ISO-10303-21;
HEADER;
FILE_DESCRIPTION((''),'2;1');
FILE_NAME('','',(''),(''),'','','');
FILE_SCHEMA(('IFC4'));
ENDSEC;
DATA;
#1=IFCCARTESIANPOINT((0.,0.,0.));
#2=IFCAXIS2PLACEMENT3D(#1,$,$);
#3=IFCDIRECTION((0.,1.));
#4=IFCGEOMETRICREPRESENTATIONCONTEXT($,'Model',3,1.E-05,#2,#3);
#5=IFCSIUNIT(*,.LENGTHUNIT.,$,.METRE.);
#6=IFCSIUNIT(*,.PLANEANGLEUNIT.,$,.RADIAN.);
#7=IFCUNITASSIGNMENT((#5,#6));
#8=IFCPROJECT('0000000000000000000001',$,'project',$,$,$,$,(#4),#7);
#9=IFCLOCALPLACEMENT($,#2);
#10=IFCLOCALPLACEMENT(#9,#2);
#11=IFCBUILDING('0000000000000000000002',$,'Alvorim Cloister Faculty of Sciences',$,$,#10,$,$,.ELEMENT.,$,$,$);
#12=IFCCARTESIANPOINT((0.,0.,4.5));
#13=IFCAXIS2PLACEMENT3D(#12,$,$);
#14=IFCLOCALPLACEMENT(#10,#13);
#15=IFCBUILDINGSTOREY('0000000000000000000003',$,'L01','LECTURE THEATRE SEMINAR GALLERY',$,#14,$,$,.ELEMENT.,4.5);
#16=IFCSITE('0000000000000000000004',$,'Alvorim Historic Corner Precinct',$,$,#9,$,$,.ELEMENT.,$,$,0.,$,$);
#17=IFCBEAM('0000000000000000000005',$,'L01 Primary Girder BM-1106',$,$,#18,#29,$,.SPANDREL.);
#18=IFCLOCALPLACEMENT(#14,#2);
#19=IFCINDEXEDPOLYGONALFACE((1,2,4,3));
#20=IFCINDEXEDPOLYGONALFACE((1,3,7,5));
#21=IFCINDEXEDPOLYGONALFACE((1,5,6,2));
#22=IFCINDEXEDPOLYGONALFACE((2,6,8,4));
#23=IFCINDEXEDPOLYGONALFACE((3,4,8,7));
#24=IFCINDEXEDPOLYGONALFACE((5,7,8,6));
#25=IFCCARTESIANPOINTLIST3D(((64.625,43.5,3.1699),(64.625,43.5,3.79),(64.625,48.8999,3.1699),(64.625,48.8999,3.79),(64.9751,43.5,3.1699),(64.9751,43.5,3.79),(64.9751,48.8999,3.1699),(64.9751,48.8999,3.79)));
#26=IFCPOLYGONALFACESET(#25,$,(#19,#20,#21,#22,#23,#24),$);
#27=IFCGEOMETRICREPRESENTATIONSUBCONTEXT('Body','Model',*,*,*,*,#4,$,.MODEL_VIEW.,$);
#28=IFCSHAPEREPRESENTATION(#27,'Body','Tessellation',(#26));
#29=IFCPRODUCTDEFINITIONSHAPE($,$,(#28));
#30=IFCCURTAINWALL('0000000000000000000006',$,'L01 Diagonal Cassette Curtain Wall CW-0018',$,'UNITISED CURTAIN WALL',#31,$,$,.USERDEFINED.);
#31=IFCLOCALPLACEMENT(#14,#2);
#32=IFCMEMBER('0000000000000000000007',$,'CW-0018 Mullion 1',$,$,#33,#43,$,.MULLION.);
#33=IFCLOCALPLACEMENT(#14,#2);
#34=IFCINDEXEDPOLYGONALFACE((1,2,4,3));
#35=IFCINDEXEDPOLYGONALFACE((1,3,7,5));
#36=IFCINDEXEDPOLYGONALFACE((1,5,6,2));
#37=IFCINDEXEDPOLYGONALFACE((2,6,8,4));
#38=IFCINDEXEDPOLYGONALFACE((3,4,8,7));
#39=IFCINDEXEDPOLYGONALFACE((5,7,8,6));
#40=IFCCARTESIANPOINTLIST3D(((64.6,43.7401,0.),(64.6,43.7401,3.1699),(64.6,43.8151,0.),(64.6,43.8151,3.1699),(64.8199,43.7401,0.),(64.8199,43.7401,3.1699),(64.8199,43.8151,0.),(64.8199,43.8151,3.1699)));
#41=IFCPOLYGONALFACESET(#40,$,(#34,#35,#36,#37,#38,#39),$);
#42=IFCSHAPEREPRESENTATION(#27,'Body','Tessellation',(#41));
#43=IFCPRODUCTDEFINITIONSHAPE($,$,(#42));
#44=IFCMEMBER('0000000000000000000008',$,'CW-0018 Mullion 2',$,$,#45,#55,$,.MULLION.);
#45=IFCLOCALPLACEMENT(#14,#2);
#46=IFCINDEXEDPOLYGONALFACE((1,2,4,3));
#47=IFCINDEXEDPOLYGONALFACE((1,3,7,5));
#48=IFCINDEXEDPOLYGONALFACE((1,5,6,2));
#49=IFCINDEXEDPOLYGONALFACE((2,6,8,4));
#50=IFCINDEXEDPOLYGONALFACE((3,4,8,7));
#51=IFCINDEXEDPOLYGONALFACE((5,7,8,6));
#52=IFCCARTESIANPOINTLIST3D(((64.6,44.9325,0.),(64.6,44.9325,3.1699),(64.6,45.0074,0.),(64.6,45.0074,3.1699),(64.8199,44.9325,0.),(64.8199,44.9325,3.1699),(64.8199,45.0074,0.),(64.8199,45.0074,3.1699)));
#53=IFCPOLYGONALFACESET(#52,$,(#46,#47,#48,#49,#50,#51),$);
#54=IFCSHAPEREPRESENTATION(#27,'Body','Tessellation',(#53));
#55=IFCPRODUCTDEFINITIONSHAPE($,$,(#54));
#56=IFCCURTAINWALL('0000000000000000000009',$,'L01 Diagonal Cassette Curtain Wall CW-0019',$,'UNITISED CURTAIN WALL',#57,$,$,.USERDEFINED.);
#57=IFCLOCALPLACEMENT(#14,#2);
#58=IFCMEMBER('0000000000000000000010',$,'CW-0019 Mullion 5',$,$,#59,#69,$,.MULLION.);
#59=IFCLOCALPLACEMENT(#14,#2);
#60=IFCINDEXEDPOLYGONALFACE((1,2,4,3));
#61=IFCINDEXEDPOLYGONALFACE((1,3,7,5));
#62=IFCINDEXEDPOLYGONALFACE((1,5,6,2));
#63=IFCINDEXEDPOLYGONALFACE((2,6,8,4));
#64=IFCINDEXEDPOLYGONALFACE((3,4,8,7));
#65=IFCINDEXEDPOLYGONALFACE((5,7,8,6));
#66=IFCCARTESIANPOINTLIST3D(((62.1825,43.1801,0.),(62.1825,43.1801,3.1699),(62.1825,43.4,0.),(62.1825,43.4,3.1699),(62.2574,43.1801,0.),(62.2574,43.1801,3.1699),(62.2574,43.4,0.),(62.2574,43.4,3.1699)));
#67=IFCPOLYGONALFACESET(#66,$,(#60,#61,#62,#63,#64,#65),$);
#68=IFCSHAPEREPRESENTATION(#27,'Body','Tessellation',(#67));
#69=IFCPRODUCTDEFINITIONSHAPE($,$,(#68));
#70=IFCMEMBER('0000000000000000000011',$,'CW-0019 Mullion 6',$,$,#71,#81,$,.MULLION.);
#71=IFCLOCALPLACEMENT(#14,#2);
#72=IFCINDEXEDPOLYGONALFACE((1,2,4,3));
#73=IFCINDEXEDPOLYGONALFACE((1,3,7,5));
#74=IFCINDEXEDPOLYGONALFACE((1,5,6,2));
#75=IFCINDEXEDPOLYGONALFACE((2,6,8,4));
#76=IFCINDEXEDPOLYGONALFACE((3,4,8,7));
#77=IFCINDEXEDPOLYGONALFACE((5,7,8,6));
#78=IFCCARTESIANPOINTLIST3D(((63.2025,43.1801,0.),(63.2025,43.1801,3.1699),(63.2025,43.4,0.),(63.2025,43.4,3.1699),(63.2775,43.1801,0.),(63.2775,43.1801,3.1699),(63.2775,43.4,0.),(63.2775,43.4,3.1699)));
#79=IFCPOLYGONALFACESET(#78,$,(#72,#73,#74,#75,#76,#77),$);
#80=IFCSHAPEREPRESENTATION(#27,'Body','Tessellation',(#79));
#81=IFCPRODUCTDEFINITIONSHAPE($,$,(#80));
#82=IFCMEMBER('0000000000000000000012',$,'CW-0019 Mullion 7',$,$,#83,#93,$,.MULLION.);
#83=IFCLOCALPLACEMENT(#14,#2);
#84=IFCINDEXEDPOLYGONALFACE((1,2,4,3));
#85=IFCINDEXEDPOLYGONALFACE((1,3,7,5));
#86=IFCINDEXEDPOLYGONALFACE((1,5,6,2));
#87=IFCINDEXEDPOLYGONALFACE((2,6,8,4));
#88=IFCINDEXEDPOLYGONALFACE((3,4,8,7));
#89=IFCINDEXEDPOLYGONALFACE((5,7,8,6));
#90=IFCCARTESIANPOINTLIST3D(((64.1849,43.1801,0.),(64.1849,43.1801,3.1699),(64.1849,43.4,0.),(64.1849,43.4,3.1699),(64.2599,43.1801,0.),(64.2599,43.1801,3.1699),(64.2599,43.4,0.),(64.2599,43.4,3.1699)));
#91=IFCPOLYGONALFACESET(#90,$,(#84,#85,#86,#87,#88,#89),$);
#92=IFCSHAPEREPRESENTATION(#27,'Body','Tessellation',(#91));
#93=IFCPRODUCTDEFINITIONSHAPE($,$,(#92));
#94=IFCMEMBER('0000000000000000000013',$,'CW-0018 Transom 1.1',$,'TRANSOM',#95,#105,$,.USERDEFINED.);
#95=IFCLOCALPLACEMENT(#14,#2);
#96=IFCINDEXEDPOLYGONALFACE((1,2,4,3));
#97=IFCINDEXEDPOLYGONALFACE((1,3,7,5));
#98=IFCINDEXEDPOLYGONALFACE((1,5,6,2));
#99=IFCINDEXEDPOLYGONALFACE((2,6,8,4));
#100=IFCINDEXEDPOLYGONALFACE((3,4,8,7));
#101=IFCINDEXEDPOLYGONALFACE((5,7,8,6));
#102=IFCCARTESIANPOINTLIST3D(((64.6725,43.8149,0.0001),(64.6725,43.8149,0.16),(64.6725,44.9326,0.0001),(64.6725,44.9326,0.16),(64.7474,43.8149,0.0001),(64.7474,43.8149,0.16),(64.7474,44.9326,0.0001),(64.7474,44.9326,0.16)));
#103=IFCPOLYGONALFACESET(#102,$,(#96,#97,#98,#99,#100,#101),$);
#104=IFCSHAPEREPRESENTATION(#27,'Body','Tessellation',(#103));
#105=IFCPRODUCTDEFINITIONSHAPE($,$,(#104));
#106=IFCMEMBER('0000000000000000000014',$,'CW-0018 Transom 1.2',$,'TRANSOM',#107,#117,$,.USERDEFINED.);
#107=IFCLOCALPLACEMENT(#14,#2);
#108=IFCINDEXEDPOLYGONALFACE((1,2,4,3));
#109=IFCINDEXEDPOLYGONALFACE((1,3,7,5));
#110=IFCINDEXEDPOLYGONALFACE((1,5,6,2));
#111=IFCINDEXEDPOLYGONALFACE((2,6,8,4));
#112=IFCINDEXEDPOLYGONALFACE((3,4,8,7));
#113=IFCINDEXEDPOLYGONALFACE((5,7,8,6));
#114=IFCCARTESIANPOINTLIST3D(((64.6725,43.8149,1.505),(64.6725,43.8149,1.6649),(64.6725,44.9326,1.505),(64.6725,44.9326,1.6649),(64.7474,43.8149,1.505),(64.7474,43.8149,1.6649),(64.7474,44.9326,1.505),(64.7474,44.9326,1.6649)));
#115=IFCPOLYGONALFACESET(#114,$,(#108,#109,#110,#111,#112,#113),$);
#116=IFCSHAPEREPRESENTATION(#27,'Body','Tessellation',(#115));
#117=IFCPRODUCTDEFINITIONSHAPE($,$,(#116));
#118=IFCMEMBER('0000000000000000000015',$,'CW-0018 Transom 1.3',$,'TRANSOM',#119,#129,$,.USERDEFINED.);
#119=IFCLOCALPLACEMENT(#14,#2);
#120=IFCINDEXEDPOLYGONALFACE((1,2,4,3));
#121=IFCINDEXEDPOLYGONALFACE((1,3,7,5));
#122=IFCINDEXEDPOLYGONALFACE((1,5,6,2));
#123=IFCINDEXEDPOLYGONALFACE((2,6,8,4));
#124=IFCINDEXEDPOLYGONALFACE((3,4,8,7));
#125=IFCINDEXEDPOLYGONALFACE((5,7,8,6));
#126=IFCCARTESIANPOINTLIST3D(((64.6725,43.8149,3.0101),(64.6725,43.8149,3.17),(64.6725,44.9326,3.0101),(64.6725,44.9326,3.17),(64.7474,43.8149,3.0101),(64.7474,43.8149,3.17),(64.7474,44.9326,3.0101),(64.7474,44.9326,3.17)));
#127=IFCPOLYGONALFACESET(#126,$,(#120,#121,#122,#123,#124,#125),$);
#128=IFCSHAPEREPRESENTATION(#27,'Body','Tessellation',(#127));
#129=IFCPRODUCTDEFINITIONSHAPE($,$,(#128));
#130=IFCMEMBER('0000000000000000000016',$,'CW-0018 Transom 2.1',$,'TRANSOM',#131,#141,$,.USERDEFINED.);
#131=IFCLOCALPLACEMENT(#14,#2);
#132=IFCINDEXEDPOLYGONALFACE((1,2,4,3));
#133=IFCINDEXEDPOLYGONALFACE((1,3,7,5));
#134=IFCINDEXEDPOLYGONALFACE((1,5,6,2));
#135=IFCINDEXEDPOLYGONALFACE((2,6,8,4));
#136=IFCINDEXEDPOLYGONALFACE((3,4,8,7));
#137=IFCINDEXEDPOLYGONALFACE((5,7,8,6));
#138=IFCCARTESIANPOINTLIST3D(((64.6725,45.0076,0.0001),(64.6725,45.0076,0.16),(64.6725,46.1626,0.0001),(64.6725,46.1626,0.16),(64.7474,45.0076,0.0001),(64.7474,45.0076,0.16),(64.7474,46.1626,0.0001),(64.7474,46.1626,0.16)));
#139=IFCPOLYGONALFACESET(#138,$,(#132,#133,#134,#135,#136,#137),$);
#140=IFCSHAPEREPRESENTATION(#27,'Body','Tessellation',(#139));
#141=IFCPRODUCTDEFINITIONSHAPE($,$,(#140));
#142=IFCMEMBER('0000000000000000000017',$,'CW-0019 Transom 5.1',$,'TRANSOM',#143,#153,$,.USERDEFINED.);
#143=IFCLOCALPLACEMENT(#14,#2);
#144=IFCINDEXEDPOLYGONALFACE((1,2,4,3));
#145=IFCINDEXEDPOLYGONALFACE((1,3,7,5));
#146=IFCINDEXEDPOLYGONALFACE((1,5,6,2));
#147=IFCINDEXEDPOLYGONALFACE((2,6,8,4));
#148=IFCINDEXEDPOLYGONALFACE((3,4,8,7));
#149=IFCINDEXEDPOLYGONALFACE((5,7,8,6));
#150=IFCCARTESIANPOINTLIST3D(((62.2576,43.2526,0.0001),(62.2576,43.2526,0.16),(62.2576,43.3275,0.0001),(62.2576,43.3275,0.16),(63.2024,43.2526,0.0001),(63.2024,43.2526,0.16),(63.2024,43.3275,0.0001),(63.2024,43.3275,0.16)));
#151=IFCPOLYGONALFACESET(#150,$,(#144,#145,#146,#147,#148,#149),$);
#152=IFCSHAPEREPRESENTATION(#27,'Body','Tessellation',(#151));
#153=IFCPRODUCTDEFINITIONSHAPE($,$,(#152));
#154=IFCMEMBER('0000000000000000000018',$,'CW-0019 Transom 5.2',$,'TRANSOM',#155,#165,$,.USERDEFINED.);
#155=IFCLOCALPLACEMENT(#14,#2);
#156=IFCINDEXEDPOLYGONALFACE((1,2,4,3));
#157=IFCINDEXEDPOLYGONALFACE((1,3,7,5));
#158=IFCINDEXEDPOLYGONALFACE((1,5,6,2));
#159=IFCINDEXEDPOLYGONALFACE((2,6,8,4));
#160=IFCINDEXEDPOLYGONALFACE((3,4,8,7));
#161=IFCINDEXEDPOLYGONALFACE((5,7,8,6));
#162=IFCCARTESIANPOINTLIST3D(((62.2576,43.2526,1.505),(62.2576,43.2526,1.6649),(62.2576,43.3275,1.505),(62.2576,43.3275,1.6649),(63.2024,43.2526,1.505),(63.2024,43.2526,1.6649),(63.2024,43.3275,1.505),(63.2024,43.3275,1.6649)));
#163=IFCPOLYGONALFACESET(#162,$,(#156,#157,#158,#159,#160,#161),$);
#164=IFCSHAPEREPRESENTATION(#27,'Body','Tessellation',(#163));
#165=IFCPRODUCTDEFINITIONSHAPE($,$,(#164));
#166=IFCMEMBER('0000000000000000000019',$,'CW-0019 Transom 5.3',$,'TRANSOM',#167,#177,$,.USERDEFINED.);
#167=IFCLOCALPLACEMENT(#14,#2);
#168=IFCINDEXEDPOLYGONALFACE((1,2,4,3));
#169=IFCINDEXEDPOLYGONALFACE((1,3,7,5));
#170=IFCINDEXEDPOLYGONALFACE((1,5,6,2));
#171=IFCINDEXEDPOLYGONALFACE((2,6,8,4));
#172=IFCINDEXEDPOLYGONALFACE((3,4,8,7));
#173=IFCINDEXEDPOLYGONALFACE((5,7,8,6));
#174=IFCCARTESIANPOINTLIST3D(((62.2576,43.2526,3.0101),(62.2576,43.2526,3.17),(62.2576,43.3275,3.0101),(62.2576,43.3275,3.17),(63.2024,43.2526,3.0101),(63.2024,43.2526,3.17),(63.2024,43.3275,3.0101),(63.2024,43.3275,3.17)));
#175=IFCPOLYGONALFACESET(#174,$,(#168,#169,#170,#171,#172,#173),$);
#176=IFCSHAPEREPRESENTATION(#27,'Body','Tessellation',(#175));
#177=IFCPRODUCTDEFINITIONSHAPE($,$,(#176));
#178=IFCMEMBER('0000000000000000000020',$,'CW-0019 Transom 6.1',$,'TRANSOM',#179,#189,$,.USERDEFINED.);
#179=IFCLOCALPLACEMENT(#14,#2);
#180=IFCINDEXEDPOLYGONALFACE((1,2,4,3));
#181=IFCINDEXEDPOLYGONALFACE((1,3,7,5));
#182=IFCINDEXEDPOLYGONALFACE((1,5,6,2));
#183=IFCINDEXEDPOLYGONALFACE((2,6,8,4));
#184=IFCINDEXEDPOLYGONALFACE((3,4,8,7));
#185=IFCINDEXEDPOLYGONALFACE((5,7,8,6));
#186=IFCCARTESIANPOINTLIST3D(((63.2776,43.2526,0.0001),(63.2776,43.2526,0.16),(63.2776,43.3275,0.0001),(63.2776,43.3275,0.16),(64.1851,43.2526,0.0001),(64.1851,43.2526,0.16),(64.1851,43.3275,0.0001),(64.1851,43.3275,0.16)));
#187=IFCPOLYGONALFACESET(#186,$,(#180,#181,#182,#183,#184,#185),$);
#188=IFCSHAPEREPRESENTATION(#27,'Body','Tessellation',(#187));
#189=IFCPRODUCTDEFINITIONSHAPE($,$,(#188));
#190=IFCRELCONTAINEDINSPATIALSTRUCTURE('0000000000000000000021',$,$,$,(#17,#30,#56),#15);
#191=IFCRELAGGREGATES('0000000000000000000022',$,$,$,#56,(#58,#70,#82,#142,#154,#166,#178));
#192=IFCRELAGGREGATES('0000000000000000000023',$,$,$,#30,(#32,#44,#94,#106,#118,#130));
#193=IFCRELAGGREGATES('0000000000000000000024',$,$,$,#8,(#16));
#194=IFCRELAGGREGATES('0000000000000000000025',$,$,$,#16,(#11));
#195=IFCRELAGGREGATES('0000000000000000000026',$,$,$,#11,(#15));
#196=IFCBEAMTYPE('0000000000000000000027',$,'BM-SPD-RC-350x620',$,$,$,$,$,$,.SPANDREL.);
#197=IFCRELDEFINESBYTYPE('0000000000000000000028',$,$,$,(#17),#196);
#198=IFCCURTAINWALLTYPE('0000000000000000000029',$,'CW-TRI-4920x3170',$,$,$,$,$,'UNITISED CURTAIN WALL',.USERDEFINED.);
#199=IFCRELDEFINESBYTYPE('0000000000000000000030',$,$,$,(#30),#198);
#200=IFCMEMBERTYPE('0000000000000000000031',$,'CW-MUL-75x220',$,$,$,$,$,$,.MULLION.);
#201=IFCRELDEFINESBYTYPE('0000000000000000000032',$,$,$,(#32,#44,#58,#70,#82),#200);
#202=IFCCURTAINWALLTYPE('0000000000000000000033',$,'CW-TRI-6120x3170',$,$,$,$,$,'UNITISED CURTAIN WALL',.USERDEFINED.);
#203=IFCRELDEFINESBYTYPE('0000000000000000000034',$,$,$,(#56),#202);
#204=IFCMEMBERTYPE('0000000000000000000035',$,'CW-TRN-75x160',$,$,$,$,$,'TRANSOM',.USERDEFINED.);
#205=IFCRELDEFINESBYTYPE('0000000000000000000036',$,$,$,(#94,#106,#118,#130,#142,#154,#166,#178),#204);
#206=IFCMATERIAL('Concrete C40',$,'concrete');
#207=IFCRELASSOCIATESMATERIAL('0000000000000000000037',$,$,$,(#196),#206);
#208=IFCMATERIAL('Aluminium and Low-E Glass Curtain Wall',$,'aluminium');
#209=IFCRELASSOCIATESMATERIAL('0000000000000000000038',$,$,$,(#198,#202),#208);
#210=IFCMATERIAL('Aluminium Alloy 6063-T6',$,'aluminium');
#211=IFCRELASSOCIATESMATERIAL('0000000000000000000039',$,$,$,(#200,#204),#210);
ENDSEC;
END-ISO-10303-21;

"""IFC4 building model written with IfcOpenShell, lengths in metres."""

from ifc_helpers import new_model, si_unit, direction, frame, origin, origin_2d, place, context, subcontext, project, spatial, rectangle, extrude, material, material_profile, profile_set, type_object, element, aggregate, save


model = new_model("IFC4")

# Units and contexts
model_context = context("Model", 3, precision=1e-05, world=origin(), true_north=direction((0.0, 1.0)))
body_context = subcontext(model_context, "Body", "Model", "MODEL_VIEW")
ifc_project = project(units=[si_unit("LENGTHUNIT", "METRE"), si_unit("PLANEANGLEUNIT", "RADIAN")], contexts=[model_context])

# Site, building, storey
site_placement = place(None, origin())
site = spatial("IfcSite", under=ifc_project, at=site_placement, Name="Alvorim Historic Corner Precinct", CompositionType="ELEMENT", RefElevation=0.0)
building_placement = place(site_placement, origin())
building = spatial("IfcBuilding", under=site, at=building_placement, Name="Alvorim Cloister Faculty of Sciences", CompositionType="ELEMENT")
storey_placement = place(building_placement, frame((0.0, 0.0, 4.5)))
storey = spatial("IfcBuildingStorey", under=building, at=storey_placement, Name="L01", Description="LECTURE THEATRE SEMINAR GALLERY", CompositionType="ELEMENT", Elevation=4.5)

# Beam
ifc_material_1 = material(Name="Concrete C40", Category="concrete")
ifc_material_profile_1 = material_profile(ifc_material_1, rectangle(XDim=0.3501, YDim=0.6201, at=origin_2d()), Name="RC40-SPD-350x620")
ifc_profile_set_1 = profile_set([ifc_material_profile_1], Name="Concrete C40")
beam_type = type_object("IfcBeamType", Name="BM-SPD-RC-350x620", PredefinedType="SPANDREL", material=ifc_profile_set_1)
beam_placement = place(storey_placement, frame((64.8, 43.5, 3.48), z_axis=(0.0, 1.0, 0.0), x_axis=(-1.0, 0.0, 0.0)))
element("IfcBeam", 1, at=beam_placement, inside=storey, type_object=beam_type, Name="L01 Primary Girder BM-1106", PredefinedType="SPANDREL", context=body_context, shape_type="SweptSolid", body=[
    extrude(rectangle(XDim=0.3501, YDim=0.6201, at=origin_2d()), origin(), (0.0, 0.0, 1.0), 5.3999),
])

# Curtain walls, members
ifc_material_2 = material(Name="Aluminium and Low-E Glass Curtain Wall", Category="aluminium")
curtain_wall_type_1 = type_object("IfcCurtainWallType", Name="CW-TRI-4920x3170", ElementType="UNITISED CURTAIN WALL", PredefinedType="USERDEFINED", material=ifc_material_2)
curtain_wall_1_placement = place(storey_placement, origin())
curtain_wall_1 = element("IfcCurtainWall", 2, at=curtain_wall_1_placement, inside=storey, type_object=curtain_wall_type_1, Name="L01 Diagonal Cassette Curtain Wall CW-0018", ObjectType="UNITISED CURTAIN WALL", PredefinedType="USERDEFINED")
ifc_material_3 = material(Name="Aluminium Alloy 6063-T6", Category="aluminium")
ifc_material_profile_2 = material_profile(ifc_material_3, rectangle(XDim=0.075, YDim=0.22, at=origin_2d()), Name="ALU-MUL-75x220")
ifc_profile_set_2 = profile_set([ifc_material_profile_2], Name="Aluminium Alloy 6063-T6")
member_type_1 = type_object("IfcMemberType", Name="CW-MUL-75x220", PredefinedType="MULLION", material=ifc_profile_set_2)
member_1_placement = place(storey_placement, frame((64.71, 43.7776, 0.0), z_axis=(0.0, 0.0, 1.0), x_axis=(0.0, 1.0, 0.0)))
member_1 = element("IfcMember", 3, at=member_1_placement, type_object=member_type_1, Name="CW-0018 Mullion 1", PredefinedType="MULLION", context=body_context, shape_type="SweptSolid", body=[
    extrude(rectangle(XDim=0.075, YDim=0.22, at=origin_2d()), origin(), (0.0, 0.0, 1.0), 3.1699),
])
member_2_placement = place(storey_placement, frame((64.71, 44.97, 0.0), z_axis=(0.0, 0.0, 1.0), x_axis=(0.0, 1.0, 0.0)))
member_2 = element("IfcMember", 4, at=member_2_placement, type_object=member_type_1, Name="CW-0018 Mullion 2", PredefinedType="MULLION", context=body_context, shape_type="SweptSolid", body=[
    extrude(rectangle(XDim=0.075, YDim=0.22, at=origin_2d()), origin(), (0.0, 0.0, 1.0), 3.1699),
])
curtain_wall_type_2 = type_object("IfcCurtainWallType", Name="CW-TRI-6120x3170", ElementType="UNITISED CURTAIN WALL", PredefinedType="USERDEFINED", material=ifc_material_2)
curtain_wall_2_placement = place(storey_placement, origin())
curtain_wall_2 = element("IfcCurtainWall", 5, at=curtain_wall_2_placement, inside=storey, type_object=curtain_wall_type_2, Name="L01 Diagonal Cassette Curtain Wall CW-0019", ObjectType="UNITISED CURTAIN WALL", PredefinedType="USERDEFINED")
member_3_placement = place(storey_placement, frame((62.22, 43.29, 0.0), z_axis=(0.0, 0.0, 1.0), x_axis=(1.0, 0.0, 0.0)))
member_3 = element("IfcMember", 6, at=member_3_placement, type_object=member_type_1, Name="CW-0019 Mullion 5", PredefinedType="MULLION", context=body_context, shape_type="SweptSolid", body=[
    extrude(rectangle(XDim=0.075, YDim=0.22, at=origin_2d()), origin(), (0.0, 0.0, 1.0), 3.1699),
])
member_4_placement = place(storey_placement, frame((63.24, 43.29, 0.0), z_axis=(0.0, 0.0, 1.0), x_axis=(1.0, 0.0, 0.0)))
member_4 = element("IfcMember", 7, at=member_4_placement, type_object=member_type_1, Name="CW-0019 Mullion 6", PredefinedType="MULLION", context=body_context, shape_type="SweptSolid", body=[
    extrude(rectangle(XDim=0.075, YDim=0.22, at=origin_2d()), origin(), (0.0, 0.0, 1.0), 3.1699),
])
member_5_placement = place(storey_placement, frame((64.2224, 43.29, 0.0), z_axis=(0.0, 0.0, 1.0), x_axis=(1.0, 0.0, 0.0)))
member_5 = element("IfcMember", 8, at=member_5_placement, type_object=member_type_1, Name="CW-0019 Mullion 7", PredefinedType="MULLION", context=body_context, shape_type="SweptSolid", body=[
    extrude(rectangle(XDim=0.075, YDim=0.22, at=origin_2d()), origin(), (0.0, 0.0, 1.0), 3.1699),
])

# Members
ifc_material_profile_3 = material_profile(ifc_material_3, rectangle(XDim=0.075, YDim=0.1599, at=origin_2d()), Name="ALU-TRN-75x160")
ifc_profile_set_3 = profile_set([ifc_material_profile_3], Name="Aluminium Alloy 6063-T6")
member_type_2 = type_object("IfcMemberType", Name="CW-TRN-75x160", ElementType="TRANSOM", PredefinedType="USERDEFINED", material=ifc_profile_set_3)
member_6_placement = place(storey_placement, frame((64.71, 43.8149, 0.0801), z_axis=(0.0, 1.0, 0.0), x_axis=(-1.0, 0.0, 0.0)))
member_6 = element("IfcMember", 9, at=member_6_placement, type_object=member_type_2, Name="CW-0018 Transom 1.1", ObjectType="TRANSOM", PredefinedType="USERDEFINED", context=body_context, shape_type="SweptSolid", body=[
    extrude(rectangle(XDim=0.075, YDim=0.1599, at=origin_2d()), origin(), (0.0, 0.0, 1.0), 1.1177),
])
member_7_placement = place(storey_placement, frame((64.71, 43.8149, 1.585), z_axis=(0.0, 1.0, 0.0), x_axis=(-1.0, 0.0, 0.0)))
member_7 = element("IfcMember", 10, at=member_7_placement, type_object=member_type_2, Name="CW-0018 Transom 1.2", ObjectType="TRANSOM", PredefinedType="USERDEFINED", context=body_context, shape_type="SweptSolid", body=[
    extrude(rectangle(XDim=0.075, YDim=0.1599, at=origin_2d()), origin(), (0.0, 0.0, 1.0), 1.1177),
])
member_8_placement = place(storey_placement, frame((64.71, 43.8149, 3.0901), z_axis=(0.0, 1.0, 0.0), x_axis=(-1.0, 0.0, 0.0)))
member_8 = element("IfcMember", 11, at=member_8_placement, type_object=member_type_2, Name="CW-0018 Transom 1.3", ObjectType="TRANSOM", PredefinedType="USERDEFINED", context=body_context, shape_type="SweptSolid", body=[
    extrude(rectangle(XDim=0.075, YDim=0.1599, at=origin_2d()), origin(), (0.0, 0.0, 1.0), 1.1177),
])
member_9_placement = place(storey_placement, frame((64.71, 45.0076, 0.0801), z_axis=(0.0, 1.0, 0.0), x_axis=(-1.0, 0.0, 0.0)))
member_9 = element("IfcMember", 12, at=member_9_placement, type_object=member_type_2, Name="CW-0018 Transom 2.1", ObjectType="TRANSOM", PredefinedType="USERDEFINED", context=body_context, shape_type="SweptSolid", body=[
    extrude(rectangle(XDim=0.075, YDim=0.1599, at=origin_2d()), origin(), (0.0, 0.0, 1.0), 1.155),
])
member_10_placement = place(storey_placement, frame((62.2576, 43.29, 0.0801), z_axis=(1.0, 0.0, 0.0), x_axis=(0.0, 1.0, 0.0)))
member_10 = element("IfcMember", 13, at=member_10_placement, type_object=member_type_2, Name="CW-0019 Transom 5.1", ObjectType="TRANSOM", PredefinedType="USERDEFINED", context=body_context, shape_type="SweptSolid", body=[
    extrude(rectangle(XDim=0.075, YDim=0.1599, at=origin_2d()), origin(), (0.0, 0.0, 1.0), 0.9448),
])
member_11_placement = place(storey_placement, frame((62.2576, 43.29, 1.585), z_axis=(1.0, 0.0, 0.0), x_axis=(0.0, 1.0, 0.0)))
member_11 = element("IfcMember", 14, at=member_11_placement, type_object=member_type_2, Name="CW-0019 Transom 5.2", ObjectType="TRANSOM", PredefinedType="USERDEFINED", context=body_context, shape_type="SweptSolid", body=[
    extrude(rectangle(XDim=0.075, YDim=0.1599, at=origin_2d()), origin(), (0.0, 0.0, 1.0), 0.9448),
])
member_12_placement = place(storey_placement, frame((62.2576, 43.29, 3.0901), z_axis=(1.0, 0.0, 0.0), x_axis=(0.0, 1.0, 0.0)))
member_12 = element("IfcMember", 15, at=member_12_placement, type_object=member_type_2, Name="CW-0019 Transom 5.3", ObjectType="TRANSOM", PredefinedType="USERDEFINED", context=body_context, shape_type="SweptSolid", body=[
    extrude(rectangle(XDim=0.075, YDim=0.1599, at=origin_2d()), origin(), (0.0, 0.0, 1.0), 0.9448),
])
member_13_placement = place(storey_placement, frame((63.2776, 43.29, 0.0801), z_axis=(1.0, 0.0, 0.0), x_axis=(0.0, 1.0, 0.0)))
member_13 = element("IfcMember", 16, at=member_13_placement, type_object=member_type_2, Name="CW-0019 Transom 6.1", ObjectType="TRANSOM", PredefinedType="USERDEFINED", context=body_context, shape_type="SweptSolid", body=[
    extrude(rectangle(XDim=0.075, YDim=0.1599, at=origin_2d()), origin(), (0.0, 0.0, 1.0), 0.9075),
])
aggregate(curtain_wall_2, [member_3, member_4, member_5, member_10, member_11, member_12, member_13])

aggregate(curtain_wall_1, [member_1, member_2, member_6, member_7, member_8, member_9])

save(model, "model.ifc")
